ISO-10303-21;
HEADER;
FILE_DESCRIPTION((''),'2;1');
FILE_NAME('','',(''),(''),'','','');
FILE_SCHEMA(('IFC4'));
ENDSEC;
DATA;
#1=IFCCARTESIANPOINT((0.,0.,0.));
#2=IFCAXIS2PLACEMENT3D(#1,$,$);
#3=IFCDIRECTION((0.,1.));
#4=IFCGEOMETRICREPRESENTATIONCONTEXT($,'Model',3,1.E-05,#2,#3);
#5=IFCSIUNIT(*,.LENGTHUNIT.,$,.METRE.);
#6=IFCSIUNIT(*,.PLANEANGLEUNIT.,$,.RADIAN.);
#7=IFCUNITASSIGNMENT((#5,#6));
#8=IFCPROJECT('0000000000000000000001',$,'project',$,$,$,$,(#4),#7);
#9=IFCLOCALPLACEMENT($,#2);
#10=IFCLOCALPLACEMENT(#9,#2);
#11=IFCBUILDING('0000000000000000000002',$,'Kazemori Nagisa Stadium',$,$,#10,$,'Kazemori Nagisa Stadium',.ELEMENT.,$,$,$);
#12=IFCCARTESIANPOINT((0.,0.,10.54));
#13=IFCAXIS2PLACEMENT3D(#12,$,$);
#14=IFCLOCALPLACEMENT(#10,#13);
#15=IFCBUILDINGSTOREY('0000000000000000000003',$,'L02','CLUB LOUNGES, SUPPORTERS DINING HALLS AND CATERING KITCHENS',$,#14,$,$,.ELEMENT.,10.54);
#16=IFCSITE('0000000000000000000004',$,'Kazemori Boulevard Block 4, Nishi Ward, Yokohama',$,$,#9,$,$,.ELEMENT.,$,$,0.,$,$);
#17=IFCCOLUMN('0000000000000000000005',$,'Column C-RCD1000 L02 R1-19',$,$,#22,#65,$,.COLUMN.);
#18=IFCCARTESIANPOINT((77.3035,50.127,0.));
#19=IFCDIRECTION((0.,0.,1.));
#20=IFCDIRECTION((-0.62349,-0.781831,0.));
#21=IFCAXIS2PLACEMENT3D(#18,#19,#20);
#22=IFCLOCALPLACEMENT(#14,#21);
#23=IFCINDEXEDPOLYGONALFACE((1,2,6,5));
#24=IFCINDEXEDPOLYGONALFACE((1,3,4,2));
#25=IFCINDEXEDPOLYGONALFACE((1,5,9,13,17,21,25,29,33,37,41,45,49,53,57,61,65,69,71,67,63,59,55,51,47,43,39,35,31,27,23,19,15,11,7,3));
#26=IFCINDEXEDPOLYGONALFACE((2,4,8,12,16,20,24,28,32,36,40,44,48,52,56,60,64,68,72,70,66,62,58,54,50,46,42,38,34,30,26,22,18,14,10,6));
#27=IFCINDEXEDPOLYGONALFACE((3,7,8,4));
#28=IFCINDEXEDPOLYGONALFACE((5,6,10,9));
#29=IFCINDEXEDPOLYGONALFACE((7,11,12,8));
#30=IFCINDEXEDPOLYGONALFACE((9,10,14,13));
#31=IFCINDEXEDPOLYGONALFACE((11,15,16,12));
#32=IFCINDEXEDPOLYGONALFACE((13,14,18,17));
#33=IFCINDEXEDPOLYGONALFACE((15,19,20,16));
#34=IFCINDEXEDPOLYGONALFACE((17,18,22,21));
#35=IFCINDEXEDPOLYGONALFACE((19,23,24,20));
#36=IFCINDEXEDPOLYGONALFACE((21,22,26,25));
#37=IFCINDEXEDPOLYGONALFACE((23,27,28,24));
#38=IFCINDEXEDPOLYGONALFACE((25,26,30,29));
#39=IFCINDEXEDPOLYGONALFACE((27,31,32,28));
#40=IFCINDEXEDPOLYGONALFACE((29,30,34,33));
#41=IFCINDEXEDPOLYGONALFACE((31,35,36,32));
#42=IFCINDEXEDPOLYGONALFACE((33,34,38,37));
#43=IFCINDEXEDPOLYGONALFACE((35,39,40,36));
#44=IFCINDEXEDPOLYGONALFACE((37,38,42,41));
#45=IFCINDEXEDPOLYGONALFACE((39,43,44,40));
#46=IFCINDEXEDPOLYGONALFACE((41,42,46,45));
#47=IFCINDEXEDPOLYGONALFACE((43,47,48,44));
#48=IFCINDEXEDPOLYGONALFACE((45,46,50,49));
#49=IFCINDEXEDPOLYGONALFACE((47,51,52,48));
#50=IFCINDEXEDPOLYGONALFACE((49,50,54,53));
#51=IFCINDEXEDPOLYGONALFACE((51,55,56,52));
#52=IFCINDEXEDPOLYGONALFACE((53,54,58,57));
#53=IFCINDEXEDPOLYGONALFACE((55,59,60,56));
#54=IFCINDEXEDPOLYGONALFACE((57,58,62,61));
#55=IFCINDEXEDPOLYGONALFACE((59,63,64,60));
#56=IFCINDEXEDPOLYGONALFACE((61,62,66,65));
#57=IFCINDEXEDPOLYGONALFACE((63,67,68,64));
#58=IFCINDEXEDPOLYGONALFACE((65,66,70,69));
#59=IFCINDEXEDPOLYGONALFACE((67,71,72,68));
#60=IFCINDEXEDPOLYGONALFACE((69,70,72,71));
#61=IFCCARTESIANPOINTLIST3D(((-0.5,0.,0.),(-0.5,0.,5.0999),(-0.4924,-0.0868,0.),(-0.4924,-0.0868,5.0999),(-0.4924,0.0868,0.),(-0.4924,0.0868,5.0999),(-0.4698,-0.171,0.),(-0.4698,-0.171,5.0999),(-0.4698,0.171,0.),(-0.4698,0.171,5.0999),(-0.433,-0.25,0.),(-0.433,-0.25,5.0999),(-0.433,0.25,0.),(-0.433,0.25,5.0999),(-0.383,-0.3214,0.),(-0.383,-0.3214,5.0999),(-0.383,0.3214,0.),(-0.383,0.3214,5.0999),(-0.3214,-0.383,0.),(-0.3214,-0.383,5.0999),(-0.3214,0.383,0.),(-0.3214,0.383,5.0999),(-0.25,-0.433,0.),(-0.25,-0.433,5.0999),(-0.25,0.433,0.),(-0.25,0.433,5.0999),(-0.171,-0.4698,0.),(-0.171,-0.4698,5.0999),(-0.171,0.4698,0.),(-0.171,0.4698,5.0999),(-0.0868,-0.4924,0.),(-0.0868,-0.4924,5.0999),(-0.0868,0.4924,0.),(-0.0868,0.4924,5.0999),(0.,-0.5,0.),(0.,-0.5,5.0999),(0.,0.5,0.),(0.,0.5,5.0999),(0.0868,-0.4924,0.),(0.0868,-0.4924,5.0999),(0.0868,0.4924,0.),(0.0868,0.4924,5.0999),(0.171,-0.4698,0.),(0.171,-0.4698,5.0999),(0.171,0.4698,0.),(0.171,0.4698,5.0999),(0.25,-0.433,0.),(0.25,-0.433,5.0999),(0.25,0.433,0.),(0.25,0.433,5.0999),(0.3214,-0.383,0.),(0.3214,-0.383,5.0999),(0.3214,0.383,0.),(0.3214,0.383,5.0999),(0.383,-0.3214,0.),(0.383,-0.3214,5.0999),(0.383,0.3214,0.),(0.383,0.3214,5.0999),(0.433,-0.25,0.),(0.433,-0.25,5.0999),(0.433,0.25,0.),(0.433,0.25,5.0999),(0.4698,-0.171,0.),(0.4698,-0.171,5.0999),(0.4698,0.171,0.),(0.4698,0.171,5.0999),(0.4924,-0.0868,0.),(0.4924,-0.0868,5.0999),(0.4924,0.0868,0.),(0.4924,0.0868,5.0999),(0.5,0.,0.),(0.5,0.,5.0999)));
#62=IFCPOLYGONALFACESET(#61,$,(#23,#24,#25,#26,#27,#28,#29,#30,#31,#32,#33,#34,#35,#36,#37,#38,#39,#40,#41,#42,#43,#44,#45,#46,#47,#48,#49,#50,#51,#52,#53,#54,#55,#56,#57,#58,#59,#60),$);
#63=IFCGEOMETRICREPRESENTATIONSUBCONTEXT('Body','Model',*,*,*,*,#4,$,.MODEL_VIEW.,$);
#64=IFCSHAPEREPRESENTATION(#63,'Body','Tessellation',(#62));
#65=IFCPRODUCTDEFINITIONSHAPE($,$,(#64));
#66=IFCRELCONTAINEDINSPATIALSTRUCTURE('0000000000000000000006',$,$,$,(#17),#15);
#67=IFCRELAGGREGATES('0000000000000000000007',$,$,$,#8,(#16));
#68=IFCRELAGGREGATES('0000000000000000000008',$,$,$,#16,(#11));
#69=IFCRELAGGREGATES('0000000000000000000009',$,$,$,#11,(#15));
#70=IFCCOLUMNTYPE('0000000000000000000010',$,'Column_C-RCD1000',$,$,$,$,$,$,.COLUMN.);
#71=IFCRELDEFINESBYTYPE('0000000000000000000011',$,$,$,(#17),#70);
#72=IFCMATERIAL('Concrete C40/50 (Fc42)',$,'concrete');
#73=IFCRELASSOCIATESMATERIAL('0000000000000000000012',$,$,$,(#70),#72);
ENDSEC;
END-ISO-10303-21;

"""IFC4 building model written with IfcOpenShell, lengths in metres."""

from ifc_helpers import new_model, si_unit, direction, frame, origin, origin_2d, place, context, subcontext, project, spatial, circle, extrude, material, material_profile, profile_set, type_object, element, save


model = new_model("IFC4")

# Units and contexts
model_context = context("Model", 3, precision=1e-05, world=origin(), true_north=direction((0.0, 1.0)))
body_context = subcontext(model_context, "Body", "Model", "MODEL_VIEW")
ifc_project = project(units=[si_unit("LENGTHUNIT", "METRE"), si_unit("PLANEANGLEUNIT", "RADIAN")], contexts=[model_context])

# Site, building, storey
site_placement = place(None, origin())
site = spatial("IfcSite", under=ifc_project, at=site_placement, Name="Kazemori Boulevard Block 4, Nishi Ward, Yokohama", CompositionType="ELEMENT", RefElevation=0.0)
building_placement = place(site_placement, origin())
building = spatial("IfcBuilding", under=site, at=building_placement, Name="Kazemori Nagisa Stadium", LongName="Kazemori Nagisa Stadium", CompositionType="ELEMENT")
storey_placement = place(building_placement, frame((0.0, 0.0, 10.54)))
storey = spatial("IfcBuildingStorey", under=building, at=storey_placement, Name="L02", Description="CLUB LOUNGES, SUPPORTERS DINING HALLS AND CATERING KITCHENS", CompositionType="ELEMENT", Elevation=10.54)

# Column
ifc_material_1 = material(Name="Concrete C40/50 (Fc42)", Category="concrete")
ifc_material_profile_1 = material_profile(ifc_material_1, circle(Radius=0.5, at=origin_2d()), Name="RC-COL-D1000")
ifc_profile_set_1 = profile_set([ifc_material_profile_1], Name="Concrete C40/50 (Fc42)")
column_type = type_object("IfcColumnType", Name="Column_C-RCD1000", PredefinedType="COLUMN", material=ifc_profile_set_1)
column_placement = place(storey_placement, frame((77.3035, 50.127, 0.0), z_axis=(0.0, 0.0, 1.0), x_axis=(-0.62349, -0.781831, 0.0)))
element("IfcColumn", 1, at=column_placement, inside=storey, type_object=column_type, Name="Column C-RCD1000 L02 R1-19", PredefinedType="COLUMN", context=body_context, shape_type="SweptSolid", body=[
    extrude(circle(Radius=0.5, at=origin_2d()), origin(), (0.0, 0.0, 1.0), 5.0999),
])

save(model, "model.ifc")
